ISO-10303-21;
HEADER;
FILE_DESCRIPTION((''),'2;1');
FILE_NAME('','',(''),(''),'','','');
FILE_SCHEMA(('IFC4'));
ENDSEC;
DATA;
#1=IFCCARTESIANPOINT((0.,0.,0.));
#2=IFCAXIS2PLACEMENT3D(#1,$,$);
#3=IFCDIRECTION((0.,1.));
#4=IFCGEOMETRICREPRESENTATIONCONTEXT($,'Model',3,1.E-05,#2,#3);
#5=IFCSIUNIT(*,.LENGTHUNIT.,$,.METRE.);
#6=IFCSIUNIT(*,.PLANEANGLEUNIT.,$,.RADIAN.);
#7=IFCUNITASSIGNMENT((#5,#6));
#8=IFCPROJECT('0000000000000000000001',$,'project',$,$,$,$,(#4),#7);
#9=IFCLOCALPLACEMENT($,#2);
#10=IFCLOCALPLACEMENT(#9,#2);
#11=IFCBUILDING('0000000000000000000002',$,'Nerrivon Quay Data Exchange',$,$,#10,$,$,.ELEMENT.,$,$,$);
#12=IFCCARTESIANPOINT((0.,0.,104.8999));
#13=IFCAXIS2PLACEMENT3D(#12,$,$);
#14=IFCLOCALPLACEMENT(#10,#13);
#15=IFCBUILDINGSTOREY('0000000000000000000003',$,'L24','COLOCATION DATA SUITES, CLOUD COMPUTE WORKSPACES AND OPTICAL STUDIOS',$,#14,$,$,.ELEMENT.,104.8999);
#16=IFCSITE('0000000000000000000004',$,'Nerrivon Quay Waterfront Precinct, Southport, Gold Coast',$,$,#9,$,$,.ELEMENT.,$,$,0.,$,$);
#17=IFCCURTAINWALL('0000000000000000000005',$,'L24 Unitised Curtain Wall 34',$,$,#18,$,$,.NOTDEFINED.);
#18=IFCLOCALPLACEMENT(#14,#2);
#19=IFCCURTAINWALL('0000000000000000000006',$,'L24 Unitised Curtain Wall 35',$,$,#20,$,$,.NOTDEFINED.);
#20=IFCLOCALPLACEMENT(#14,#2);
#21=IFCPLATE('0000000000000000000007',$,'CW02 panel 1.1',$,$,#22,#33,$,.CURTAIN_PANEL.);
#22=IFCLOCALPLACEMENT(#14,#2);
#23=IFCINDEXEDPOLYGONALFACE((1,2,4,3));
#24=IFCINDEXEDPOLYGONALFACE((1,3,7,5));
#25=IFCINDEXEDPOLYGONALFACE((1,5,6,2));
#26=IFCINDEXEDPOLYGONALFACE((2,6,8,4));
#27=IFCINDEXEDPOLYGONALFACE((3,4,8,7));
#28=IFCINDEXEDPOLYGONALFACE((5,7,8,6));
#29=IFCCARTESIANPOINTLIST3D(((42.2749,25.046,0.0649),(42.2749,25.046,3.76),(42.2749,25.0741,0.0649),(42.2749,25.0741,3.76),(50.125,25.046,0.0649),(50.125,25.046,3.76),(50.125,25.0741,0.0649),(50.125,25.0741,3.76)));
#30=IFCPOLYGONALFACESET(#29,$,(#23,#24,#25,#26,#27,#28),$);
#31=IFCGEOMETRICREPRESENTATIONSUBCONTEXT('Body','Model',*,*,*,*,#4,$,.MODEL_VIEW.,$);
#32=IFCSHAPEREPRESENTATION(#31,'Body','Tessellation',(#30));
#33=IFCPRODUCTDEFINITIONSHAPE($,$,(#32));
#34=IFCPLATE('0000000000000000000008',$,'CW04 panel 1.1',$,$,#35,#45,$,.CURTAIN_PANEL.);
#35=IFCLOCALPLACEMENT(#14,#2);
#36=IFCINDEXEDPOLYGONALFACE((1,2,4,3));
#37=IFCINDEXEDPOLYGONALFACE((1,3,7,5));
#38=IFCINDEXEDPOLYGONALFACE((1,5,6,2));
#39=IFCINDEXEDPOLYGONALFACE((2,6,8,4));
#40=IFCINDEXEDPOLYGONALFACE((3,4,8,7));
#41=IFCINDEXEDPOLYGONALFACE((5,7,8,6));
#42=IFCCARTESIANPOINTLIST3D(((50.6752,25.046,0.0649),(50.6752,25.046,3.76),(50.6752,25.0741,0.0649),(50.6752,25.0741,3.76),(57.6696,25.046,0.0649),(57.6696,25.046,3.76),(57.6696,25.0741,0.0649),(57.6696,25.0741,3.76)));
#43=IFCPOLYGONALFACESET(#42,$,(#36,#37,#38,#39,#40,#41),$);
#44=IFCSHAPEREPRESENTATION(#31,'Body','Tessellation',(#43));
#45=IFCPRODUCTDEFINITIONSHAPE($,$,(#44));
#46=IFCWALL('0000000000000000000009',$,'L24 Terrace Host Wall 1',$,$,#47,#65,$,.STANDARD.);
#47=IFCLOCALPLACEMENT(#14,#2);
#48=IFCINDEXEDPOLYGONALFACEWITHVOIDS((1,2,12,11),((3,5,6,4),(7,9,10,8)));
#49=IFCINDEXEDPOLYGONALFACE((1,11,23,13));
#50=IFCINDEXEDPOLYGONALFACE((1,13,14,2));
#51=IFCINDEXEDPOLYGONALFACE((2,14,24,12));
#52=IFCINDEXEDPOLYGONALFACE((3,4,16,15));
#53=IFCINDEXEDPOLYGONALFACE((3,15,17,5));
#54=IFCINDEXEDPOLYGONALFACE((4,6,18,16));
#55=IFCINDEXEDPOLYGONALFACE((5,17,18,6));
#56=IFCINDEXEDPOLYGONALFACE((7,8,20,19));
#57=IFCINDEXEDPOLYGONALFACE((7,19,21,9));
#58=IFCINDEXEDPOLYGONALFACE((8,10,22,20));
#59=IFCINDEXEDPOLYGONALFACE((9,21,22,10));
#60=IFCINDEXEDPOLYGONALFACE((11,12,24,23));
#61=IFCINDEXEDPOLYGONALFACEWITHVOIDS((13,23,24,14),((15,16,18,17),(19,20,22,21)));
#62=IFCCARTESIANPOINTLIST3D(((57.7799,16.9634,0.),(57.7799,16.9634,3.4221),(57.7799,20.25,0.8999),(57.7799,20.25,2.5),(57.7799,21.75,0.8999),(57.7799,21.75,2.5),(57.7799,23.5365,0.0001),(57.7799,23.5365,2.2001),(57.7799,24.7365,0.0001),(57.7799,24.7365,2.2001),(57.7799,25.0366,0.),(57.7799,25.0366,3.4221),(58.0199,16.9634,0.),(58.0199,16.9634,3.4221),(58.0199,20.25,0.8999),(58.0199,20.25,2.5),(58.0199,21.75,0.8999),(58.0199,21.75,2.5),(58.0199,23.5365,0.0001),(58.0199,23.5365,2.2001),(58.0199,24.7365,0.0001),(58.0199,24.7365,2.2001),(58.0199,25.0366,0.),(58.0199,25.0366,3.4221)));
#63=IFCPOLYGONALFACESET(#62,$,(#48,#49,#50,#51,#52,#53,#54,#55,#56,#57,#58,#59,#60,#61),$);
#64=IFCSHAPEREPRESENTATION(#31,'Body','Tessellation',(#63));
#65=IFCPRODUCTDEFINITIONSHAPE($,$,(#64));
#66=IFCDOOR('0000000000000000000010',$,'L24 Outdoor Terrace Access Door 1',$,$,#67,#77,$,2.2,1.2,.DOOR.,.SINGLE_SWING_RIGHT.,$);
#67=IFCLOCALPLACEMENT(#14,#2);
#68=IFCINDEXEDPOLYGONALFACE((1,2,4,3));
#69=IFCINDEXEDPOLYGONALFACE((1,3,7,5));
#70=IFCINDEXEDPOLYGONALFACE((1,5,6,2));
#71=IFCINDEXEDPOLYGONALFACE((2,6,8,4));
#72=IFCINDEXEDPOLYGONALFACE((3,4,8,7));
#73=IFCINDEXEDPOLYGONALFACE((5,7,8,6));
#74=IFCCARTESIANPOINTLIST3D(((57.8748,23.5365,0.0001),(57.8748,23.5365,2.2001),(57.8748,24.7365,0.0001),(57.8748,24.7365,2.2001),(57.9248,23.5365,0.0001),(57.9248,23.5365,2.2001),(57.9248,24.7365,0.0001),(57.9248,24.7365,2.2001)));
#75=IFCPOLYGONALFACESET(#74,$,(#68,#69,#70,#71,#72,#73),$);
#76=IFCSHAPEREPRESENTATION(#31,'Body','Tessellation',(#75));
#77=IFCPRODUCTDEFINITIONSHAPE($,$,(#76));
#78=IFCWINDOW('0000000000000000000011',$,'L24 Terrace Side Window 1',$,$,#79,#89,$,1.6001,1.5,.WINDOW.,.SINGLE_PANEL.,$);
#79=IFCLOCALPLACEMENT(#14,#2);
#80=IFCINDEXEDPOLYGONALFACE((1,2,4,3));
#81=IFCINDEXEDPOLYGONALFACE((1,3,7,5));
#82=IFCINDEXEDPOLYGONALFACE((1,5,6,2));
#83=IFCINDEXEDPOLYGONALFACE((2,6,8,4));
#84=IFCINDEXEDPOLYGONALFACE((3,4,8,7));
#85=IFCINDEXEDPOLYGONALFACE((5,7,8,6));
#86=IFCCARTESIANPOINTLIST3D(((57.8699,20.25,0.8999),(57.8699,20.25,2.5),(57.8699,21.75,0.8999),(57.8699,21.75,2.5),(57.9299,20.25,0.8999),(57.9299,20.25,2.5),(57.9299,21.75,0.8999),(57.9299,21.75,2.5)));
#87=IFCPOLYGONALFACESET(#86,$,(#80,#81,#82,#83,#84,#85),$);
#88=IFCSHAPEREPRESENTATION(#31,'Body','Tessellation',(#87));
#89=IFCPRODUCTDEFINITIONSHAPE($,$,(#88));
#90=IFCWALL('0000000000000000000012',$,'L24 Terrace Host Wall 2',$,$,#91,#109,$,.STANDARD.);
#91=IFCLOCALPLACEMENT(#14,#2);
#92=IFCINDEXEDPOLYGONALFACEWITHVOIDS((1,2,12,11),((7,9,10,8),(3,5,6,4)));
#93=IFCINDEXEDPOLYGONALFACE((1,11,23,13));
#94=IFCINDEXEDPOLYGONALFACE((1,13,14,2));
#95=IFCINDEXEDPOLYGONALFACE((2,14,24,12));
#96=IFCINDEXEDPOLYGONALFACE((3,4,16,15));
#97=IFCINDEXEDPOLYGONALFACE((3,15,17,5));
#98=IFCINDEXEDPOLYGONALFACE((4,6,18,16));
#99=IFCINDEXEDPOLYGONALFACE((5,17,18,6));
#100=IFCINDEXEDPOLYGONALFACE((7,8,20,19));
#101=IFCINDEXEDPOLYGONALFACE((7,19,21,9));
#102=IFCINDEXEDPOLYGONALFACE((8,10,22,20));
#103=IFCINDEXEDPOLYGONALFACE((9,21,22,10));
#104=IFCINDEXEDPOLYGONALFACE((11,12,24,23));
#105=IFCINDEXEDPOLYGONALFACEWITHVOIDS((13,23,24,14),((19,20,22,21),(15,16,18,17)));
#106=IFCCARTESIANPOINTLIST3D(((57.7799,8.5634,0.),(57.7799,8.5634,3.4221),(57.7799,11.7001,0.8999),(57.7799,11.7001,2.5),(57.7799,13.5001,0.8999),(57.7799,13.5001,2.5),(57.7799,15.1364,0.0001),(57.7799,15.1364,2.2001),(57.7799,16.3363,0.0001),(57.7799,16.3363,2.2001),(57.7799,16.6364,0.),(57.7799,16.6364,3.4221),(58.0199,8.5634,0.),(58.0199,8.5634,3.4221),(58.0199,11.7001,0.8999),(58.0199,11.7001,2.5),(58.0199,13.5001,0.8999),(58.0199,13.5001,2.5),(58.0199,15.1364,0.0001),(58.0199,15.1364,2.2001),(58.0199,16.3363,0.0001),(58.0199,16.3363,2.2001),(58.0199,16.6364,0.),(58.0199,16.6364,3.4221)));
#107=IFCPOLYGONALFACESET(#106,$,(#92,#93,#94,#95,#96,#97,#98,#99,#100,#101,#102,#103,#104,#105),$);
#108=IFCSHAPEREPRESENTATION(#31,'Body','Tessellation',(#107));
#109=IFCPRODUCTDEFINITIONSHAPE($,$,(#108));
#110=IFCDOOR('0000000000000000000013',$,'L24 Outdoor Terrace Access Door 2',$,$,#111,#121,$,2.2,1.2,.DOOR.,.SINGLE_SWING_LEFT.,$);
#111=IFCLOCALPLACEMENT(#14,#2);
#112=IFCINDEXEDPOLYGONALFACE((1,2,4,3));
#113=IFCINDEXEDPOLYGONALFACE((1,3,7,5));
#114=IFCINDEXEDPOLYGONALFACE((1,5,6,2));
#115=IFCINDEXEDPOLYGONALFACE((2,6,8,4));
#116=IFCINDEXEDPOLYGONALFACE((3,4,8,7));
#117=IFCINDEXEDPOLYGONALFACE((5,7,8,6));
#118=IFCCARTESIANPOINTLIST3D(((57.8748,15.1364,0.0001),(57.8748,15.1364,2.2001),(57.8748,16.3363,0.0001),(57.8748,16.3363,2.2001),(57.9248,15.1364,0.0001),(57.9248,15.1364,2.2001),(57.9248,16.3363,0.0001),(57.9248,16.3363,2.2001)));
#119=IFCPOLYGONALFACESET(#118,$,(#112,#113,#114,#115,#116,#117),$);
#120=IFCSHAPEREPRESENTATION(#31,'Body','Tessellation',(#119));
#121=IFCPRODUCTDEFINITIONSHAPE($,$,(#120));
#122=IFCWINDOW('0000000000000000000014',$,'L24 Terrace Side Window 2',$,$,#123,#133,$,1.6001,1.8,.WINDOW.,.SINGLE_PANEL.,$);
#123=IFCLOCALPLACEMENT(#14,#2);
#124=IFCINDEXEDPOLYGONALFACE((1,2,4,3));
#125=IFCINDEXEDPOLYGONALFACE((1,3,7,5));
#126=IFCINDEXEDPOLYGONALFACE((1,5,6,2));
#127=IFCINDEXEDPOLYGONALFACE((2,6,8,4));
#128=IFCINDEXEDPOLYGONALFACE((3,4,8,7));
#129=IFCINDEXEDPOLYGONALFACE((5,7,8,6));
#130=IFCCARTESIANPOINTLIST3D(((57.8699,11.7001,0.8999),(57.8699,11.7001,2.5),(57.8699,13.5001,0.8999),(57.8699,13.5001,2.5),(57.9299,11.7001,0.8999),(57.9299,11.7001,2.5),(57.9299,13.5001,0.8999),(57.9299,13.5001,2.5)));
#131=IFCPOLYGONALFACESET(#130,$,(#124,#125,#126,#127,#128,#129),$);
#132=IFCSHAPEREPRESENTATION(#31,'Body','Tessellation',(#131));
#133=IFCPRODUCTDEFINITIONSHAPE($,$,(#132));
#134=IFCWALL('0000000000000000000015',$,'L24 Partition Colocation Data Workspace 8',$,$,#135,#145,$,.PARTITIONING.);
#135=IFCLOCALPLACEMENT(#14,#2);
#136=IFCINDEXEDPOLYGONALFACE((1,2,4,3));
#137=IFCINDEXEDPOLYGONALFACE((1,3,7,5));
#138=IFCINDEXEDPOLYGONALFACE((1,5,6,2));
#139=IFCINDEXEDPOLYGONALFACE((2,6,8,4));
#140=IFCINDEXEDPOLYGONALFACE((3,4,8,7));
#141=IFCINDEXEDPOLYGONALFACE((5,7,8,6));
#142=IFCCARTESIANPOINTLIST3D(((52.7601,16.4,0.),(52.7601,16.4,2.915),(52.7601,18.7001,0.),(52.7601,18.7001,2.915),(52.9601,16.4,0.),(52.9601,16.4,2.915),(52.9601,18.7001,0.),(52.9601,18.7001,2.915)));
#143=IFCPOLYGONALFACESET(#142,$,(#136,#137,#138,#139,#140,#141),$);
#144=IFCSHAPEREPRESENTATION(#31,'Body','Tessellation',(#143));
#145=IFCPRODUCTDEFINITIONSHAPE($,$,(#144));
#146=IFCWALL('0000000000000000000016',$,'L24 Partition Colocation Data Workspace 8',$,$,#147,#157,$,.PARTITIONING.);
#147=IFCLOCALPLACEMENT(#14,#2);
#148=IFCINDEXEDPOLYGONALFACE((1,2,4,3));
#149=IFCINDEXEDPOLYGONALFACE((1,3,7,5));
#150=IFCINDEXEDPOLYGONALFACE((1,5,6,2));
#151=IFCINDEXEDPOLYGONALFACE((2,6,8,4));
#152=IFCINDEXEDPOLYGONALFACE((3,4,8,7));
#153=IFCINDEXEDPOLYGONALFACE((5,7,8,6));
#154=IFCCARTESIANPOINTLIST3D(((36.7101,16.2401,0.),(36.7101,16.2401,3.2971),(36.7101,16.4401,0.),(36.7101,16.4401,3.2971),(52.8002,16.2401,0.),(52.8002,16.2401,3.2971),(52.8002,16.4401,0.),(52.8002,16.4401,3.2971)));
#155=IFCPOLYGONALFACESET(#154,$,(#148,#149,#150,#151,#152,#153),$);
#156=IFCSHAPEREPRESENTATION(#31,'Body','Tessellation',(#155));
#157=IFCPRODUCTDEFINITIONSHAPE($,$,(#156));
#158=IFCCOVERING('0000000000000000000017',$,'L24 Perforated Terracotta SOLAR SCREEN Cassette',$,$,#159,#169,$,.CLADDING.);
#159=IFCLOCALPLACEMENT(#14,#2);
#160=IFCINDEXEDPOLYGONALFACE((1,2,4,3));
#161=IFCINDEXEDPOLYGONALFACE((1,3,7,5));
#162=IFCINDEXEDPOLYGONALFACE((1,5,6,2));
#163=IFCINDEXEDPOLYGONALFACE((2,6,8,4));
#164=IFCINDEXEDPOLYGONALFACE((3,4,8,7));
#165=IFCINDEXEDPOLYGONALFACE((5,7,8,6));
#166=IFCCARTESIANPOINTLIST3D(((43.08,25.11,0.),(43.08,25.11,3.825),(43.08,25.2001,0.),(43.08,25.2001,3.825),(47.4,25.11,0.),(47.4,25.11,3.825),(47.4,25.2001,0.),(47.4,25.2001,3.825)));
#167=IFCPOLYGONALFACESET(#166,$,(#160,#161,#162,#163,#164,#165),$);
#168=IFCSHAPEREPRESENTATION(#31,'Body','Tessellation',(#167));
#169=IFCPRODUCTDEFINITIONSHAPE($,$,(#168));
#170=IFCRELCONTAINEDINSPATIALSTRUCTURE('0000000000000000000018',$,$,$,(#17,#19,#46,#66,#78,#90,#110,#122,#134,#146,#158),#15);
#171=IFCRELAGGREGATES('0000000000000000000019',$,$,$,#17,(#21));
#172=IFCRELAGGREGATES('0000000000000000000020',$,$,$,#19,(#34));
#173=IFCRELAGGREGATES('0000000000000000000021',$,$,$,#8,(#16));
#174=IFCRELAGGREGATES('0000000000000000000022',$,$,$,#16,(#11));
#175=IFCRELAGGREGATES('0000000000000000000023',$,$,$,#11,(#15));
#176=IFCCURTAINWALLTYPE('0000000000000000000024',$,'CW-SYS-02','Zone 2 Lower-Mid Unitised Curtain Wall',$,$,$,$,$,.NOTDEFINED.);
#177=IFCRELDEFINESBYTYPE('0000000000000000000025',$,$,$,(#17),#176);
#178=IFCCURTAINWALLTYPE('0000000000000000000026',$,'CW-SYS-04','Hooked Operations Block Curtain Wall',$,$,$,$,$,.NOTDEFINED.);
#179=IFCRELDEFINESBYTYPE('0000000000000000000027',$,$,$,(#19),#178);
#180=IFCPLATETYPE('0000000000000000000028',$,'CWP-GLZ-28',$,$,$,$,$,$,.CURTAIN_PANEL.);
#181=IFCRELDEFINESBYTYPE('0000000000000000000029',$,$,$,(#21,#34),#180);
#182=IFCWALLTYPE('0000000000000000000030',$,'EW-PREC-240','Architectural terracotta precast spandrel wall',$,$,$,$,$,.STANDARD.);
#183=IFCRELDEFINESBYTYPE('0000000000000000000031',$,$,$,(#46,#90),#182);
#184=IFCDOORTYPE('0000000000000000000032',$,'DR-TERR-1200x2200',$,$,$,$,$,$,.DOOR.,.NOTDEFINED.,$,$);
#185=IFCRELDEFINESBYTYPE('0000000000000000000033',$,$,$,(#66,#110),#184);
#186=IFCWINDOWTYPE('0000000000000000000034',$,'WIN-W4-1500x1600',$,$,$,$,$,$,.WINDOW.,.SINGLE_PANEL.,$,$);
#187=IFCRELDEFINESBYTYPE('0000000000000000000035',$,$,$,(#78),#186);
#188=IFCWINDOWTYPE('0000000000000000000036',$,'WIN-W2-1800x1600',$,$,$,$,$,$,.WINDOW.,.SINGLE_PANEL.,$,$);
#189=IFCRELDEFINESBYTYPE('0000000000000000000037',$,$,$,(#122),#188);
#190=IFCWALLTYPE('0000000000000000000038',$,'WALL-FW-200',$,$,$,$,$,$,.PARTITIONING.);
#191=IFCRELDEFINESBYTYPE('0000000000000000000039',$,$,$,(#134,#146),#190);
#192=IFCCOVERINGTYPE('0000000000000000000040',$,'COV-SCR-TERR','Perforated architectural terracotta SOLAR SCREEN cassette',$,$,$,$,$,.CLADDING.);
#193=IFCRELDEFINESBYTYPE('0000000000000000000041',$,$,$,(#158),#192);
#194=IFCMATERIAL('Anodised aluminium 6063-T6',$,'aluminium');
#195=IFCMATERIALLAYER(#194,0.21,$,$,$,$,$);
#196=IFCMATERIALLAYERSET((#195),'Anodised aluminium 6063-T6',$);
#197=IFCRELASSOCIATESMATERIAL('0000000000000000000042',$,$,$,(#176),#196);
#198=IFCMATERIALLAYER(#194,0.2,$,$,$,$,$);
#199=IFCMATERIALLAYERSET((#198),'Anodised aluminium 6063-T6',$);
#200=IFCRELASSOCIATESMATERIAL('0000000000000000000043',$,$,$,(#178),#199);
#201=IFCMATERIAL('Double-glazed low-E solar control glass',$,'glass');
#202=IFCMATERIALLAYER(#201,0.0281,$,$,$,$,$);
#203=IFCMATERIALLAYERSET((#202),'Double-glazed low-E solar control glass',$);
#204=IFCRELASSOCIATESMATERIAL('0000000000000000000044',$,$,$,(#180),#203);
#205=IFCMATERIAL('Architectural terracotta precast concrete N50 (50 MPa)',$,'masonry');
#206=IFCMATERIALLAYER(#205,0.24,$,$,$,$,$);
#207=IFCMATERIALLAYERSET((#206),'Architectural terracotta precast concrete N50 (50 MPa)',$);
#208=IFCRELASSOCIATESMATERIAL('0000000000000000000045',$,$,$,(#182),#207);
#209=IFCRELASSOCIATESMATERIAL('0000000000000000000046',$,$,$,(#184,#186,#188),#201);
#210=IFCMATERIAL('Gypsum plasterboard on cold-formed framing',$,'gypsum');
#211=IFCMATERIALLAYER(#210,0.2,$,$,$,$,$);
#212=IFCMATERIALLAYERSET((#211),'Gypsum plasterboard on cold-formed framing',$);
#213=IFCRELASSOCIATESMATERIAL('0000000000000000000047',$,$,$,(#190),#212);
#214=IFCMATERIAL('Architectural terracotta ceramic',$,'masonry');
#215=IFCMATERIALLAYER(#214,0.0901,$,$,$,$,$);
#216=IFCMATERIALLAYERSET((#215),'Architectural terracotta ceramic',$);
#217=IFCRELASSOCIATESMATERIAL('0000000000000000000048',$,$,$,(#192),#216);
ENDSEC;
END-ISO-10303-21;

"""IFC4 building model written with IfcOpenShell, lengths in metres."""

from ifc_helpers import new_model, si_unit, direction, frame, frame_2d, origin, origin_2d, place, context, subcontext, project, spatial, rectangle, extrude, material, layer, layer_set, type_object, element, fill, aggregate, save


model = new_model("IFC4")

# Units and contexts
model_context = context("Model", 3, precision=1e-05, world=origin(), true_north=direction((0.0, 1.0)))
body_context = subcontext(model_context, "Body", "Model", "MODEL_VIEW")
ifc_project = project(units=[si_unit("LENGTHUNIT", "METRE"), si_unit("PLANEANGLEUNIT", "RADIAN")], contexts=[model_context])

# Site, building, storey
site_placement = place(None, origin())
site = spatial("IfcSite", under=ifc_project, at=site_placement, Name="Nerrivon Quay Waterfront Precinct, Southport, Gold Coast", CompositionType="ELEMENT", RefElevation=0.0)
building_placement = place(site_placement, origin())
building = spatial("IfcBuilding", under=site, at=building_placement, Name="Nerrivon Quay Data Exchange", CompositionType="ELEMENT")
storey_placement = place(building_placement, frame((0.0, 0.0, 104.8999)))
storey = spatial("IfcBuildingStorey", under=building, at=storey_placement, Name="L24", Description="COLOCATION DATA SUITES, CLOUD COMPUTE WORKSPACES AND OPTICAL STUDIOS", CompositionType="ELEMENT", Elevation=104.8999)

# Curtain walls
ifc_material_1 = material(Name="Anodised aluminium 6063-T6", Category="aluminium")
ifc_layer_1 = layer(ifc_material_1, 0.21)
ifc_layer_set_1 = layer_set([ifc_layer_1], Name="Anodised aluminium 6063-T6")
curtain_wall_type_1 = type_object("IfcCurtainWallType", Name="CW-SYS-02", Description="Zone 2 Lower-Mid Unitised Curtain Wall", PredefinedType="NOTDEFINED", material=ifc_layer_set_1)
curtain_wall_1_placement = place(storey_placement, origin())
curtain_wall_1 = element("IfcCurtainWall", 1, at=curtain_wall_1_placement, inside=storey, type_object=curtain_wall_type_1, Name="L24 Unitised Curtain Wall 34", PredefinedType="NOTDEFINED")
ifc_layer_2 = layer(ifc_material_1, 0.2)
ifc_layer_set_2 = layer_set([ifc_layer_2], Name="Anodised aluminium 6063-T6")
curtain_wall_type_2 = type_object("IfcCurtainWallType", Name="CW-SYS-04", Description="Hooked Operations Block Curtain Wall", PredefinedType="NOTDEFINED", material=ifc_layer_set_2)
curtain_wall_2_placement = place(storey_placement, origin())
curtain_wall_2 = element("IfcCurtainWall", 2, at=curtain_wall_2_placement, inside=storey, type_object=curtain_wall_type_2, Name="L24 Unitised Curtain Wall 35", PredefinedType="NOTDEFINED")

# Plates
ifc_material_2 = material(Name="Double-glazed low-E solar control glass", Category="glass")
ifc_layer_3 = layer(ifc_material_2, 0.0281)
ifc_layer_set_3 = layer_set([ifc_layer_3], Name="Double-glazed low-E solar control glass")
plate_type = type_object("IfcPlateType", Name="CWP-GLZ-28", PredefinedType="CURTAIN_PANEL", material=ifc_layer_set_3)
plate_1_placement = place(storey_placement, frame((46.2, 25.0601, 0.0649), z_axis=(0.0, 0.0, 1.0), x_axis=(1.0, 0.0, 0.0)))
plate_1 = element("IfcPlate", 3, at=plate_1_placement, type_object=plate_type, Name="CW02 panel 1.1", PredefinedType="CURTAIN_PANEL", context=body_context, shape_type="SweptSolid", body=[
    extrude(rectangle(XDim=7.8501, YDim=0.0281, at=origin_2d()), origin(), (0.0, 0.0, 1.0), 3.6951),
])
aggregate(curtain_wall_1, [plate_1])
plate_2_placement = place(storey_placement, frame((54.1724, 25.0601, 0.0649), z_axis=(0.0, 0.0, 1.0), x_axis=(1.0, 0.0, 0.0)))
plate_2 = element("IfcPlate", 4, at=plate_2_placement, type_object=plate_type, Name="CW04 panel 1.1", PredefinedType="CURTAIN_PANEL", context=body_context, shape_type="SweptSolid", body=[
    extrude(rectangle(XDim=6.9944, YDim=0.0281, at=origin_2d()), origin(), (0.0, 0.0, 1.0), 3.6951),
])
aggregate(curtain_wall_2, [plate_2])

# Walls, openings, doors, windows
ifc_material_3 = material(Name="Architectural terracotta precast concrete N50 (50 MPa)", Category="masonry")
ifc_layer_4 = layer(ifc_material_3, 0.24)
ifc_layer_set_4 = layer_set([ifc_layer_4], Name="Architectural terracotta precast concrete N50 (50 MPa)")
wall_type_1 = type_object("IfcWallType", Name="EW-PREC-240", Description="Architectural terracotta precast spandrel wall", PredefinedType="STANDARD", material=ifc_layer_set_4)
wall_1_placement = place(storey_placement, frame((57.8999, 25.0366, 0.0), z_axis=(0.0, 0.0, 1.0), x_axis=(0.0, -1.0, 0.0)))
wall_1 = element("IfcWall", 5, at=wall_1_placement, inside=storey, type_object=wall_type_1, Name="L24 Terrace Host Wall 1", PredefinedType="STANDARD", context=body_context, shape_type="SweptSolid", body=[
    extrude(rectangle(XDim=8.0732, YDim=0.24, at=frame_2d((4.0366, 0.0))), origin(), (0.0, 0.0, 1.0), 3.4221),
])
opening_1_placement = place(wall_1_placement, frame((0.3, 0.0, 0.0)))
opening_1 = element("IfcOpeningElement", 6, at=opening_1_placement, cuts=wall_1, PredefinedType="OPENING", context=body_context, shape_type="SweptSolid", body=[
    extrude(rectangle(XDim=1.2, YDim=2.2, at=frame_2d((0.6001, 1.1001))), frame((0.0, 0.1299, 0.0), z_axis=(0.0, -1.0, 0.0), x_axis=(1.0, 0.0, 0.0)), (0.0, 0.0, 1.0), 0.26),
])
opening_2_placement = place(wall_1_placement, frame((3.2866, 0.0, 0.8999)))
opening_2 = element("IfcOpeningElement", 7, at=opening_2_placement, cuts=wall_1, PredefinedType="OPENING", context=body_context, shape_type="SweptSolid", body=[
    extrude(rectangle(XDim=1.5, YDim=1.6001, at=frame_2d((0.75, 0.8))), frame((0.0, 0.1299, 0.0), z_axis=(0.0, -1.0, 0.0), x_axis=(1.0, 0.0, 0.0)), (0.0, 0.0, 1.0), 0.26),
])
door_type = type_object("IfcDoorType", Name="DR-TERR-1200x2200", OperationType="NOTDEFINED", PredefinedType="DOOR", material=ifc_material_2)
door_1_placement = place(opening_1_placement, origin())
door_1 = element("IfcDoor", 8, at=door_1_placement, inside=storey, type_object=door_type, Name="L24 Outdoor Terrace Access Door 1", OperationType="SINGLE_SWING_RIGHT", OverallHeight=2.2, OverallWidth=1.2, PredefinedType="DOOR", context=body_context, shape_type="SweptSolid", body=[
    extrude(rectangle(XDim=1.2, YDim=2.2, at=frame_2d((0.6001, 1.1001))), frame((0.0, 0.0249, 0.0), z_axis=(0.0, -1.0, 0.0), x_axis=(1.0, 0.0, 0.0)), (0.0, 0.0, 1.0), 0.05),
])
fill(opening_1, door_1)
window_type_1 = type_object("IfcWindowType", Name="WIN-W4-1500x1600", PartitioningType="SINGLE_PANEL", PredefinedType="WINDOW", material=ifc_material_2)
window_1_placement = place(opening_2_placement, origin())
window_1 = element("IfcWindow", 9, at=window_1_placement, inside=storey, type_object=window_type_1, Name="L24 Terrace Side Window 1", OverallHeight=1.6001, OverallWidth=1.5, PartitioningType="SINGLE_PANEL", PredefinedType="WINDOW", context=body_context, shape_type="SweptSolid", body=[
    extrude(rectangle(XDim=1.5, YDim=1.6001, at=frame_2d((0.75, 0.8))), frame((0.0, 0.03, 0.0), z_axis=(0.0, -1.0, 0.0), x_axis=(1.0, 0.0, 0.0)), (0.0, 0.0, 1.0), 0.0601),
])
fill(opening_2, window_1)
wall_2_placement = place(storey_placement, frame((57.8999, 16.6365, 0.0), z_axis=(0.0, 0.0, 1.0), x_axis=(0.0, -1.0, 0.0)))
wall_2 = element("IfcWall", 10, at=wall_2_placement, inside=storey, type_object=wall_type_1, Name="L24 Terrace Host Wall 2", PredefinedType="STANDARD", context=body_context, shape_type="SweptSolid", body=[
    extrude(rectangle(XDim=8.073, YDim=0.24, at=frame_2d((4.0366, 0.0))), origin(), (0.0, 0.0, 1.0), 3.4221),
])
opening_3_placement = place(wall_2_placement, frame((0.3, 0.0, 0.0)))
opening_3 = element("IfcOpeningElement", 11, at=opening_3_placement, cuts=wall_2, PredefinedType="OPENING", context=body_context, shape_type="SweptSolid", body=[
    extrude(rectangle(XDim=1.2, YDim=2.2, at=frame_2d((0.6001, 1.1001))), frame((0.0, 0.1299, 0.0), z_axis=(0.0, -1.0, 0.0), x_axis=(1.0, 0.0, 0.0)), (0.0, 0.0, 1.0), 0.26),
])
opening_4_placement = place(wall_2_placement, frame((3.1365, 0.0, 0.8999)))
opening_4 = element("IfcOpeningElement", 12, at=opening_4_placement, cuts=wall_2, PredefinedType="OPENING", context=body_context, shape_type="SweptSolid", body=[
    extrude(rectangle(XDim=1.8, YDim=1.6001, at=frame_2d((0.8999, 0.8))), frame((0.0, 0.1299, 0.0), z_axis=(0.0, -1.0, 0.0), x_axis=(1.0, 0.0, 0.0)), (0.0, 0.0, 1.0), 0.26),
])
door_2_placement = place(opening_3_placement, origin())
door_2 = element("IfcDoor", 13, at=door_2_placement, inside=storey, type_object=door_type, Name="L24 Outdoor Terrace Access Door 2", OperationType="SINGLE_SWING_LEFT", OverallHeight=2.2, OverallWidth=1.2, PredefinedType="DOOR", context=body_context, shape_type="SweptSolid", body=[
    extrude(rectangle(XDim=1.2, YDim=2.2, at=frame_2d((0.6001, 1.1001))), frame((0.0, 0.0249, 0.0), z_axis=(0.0, -1.0, 0.0), x_axis=(1.0, 0.0, 0.0)), (0.0, 0.0, 1.0), 0.05),
])
fill(opening_3, door_2)
window_type_2 = type_object("IfcWindowType", Name="WIN-W2-1800x1600", PartitioningType="SINGLE_PANEL", PredefinedType="WINDOW", material=ifc_material_2)
window_2_placement = place(opening_4_placement, origin())
window_2 = element("IfcWindow", 14, at=window_2_placement, inside=storey, type_object=window_type_2, Name="L24 Terrace Side Window 2", OverallHeight=1.6001, OverallWidth=1.8, PartitioningType="SINGLE_PANEL", PredefinedType="WINDOW", context=body_context, shape_type="SweptSolid", body=[
    extrude(rectangle(XDim=1.8, YDim=1.6001, at=frame_2d((0.8999, 0.8))), frame((0.0, 0.03, 0.0), z_axis=(0.0, -1.0, 0.0), x_axis=(1.0, 0.0, 0.0)), (0.0, 0.0, 1.0), 0.0601),
])
fill(opening_4, window_2)

# Walls
ifc_material_4 = material(Name="Gypsum plasterboard on cold-formed framing", Category="gypsum")
ifc_layer_5 = layer(ifc_material_4, 0.2)
ifc_layer_set_5 = layer_set([ifc_layer_5], Name="Gypsum plasterboard on cold-formed framing")
wall_type_2 = type_object("IfcWallType", Name="WALL-FW-200", PredefinedType="PARTITIONING", material=ifc_layer_set_5)
wall_3_placement = place(storey_placement, frame((52.8601, 18.7, 0.0), z_axis=(0.0, 0.0, 1.0), x_axis=(0.0, -1.0, 0.0)))
element("IfcWall", 15, at=wall_3_placement, inside=storey, type_object=wall_type_2, Name="L24 Partition Colocation Data Workspace 8", PredefinedType="PARTITIONING", context=body_context, shape_type="SweptSolid", body=[
    extrude(rectangle(XDim=2.3, YDim=0.2, at=frame_2d((1.1499, 0.0))), origin(), (0.0, 0.0, 1.0), 2.915),
])
wall_4_placement = place(storey_placement, frame((52.8, 16.3401, 0.0), z_axis=(0.0, 0.0, 1.0), x_axis=(-1.0, 0.0, 0.0)))
element("IfcWall", 16, at=wall_4_placement, inside=storey, type_object=wall_type_2, Name="L24 Partition Colocation Data Workspace 8", PredefinedType="PARTITIONING", context=body_context, shape_type="SweptSolid", body=[
    extrude(rectangle(XDim=16.0901, YDim=0.2, at=frame_2d((8.0449, 0.0))), origin(), (0.0, 0.0, 1.0), 3.2971),
])

# Covering
ifc_material_5 = material(Name="Architectural terracotta ceramic", Category="masonry")
ifc_layer_6 = layer(ifc_material_5, 0.0901)
ifc_layer_set_6 = layer_set([ifc_layer_6], Name="Architectural terracotta ceramic")
covering_type = type_object("IfcCoveringType", Name="COV-SCR-TERR", Description="Perforated architectural terracotta SOLAR SCREEN cassette", PredefinedType="CLADDING", material=ifc_layer_set_6)
covering_1_placement = place(storey_placement, frame((45.24, 25.155, 0.0), z_axis=(0.0, 0.0, 1.0), x_axis=(1.0, 0.0, 0.0)))
element("IfcCovering", 17, at=covering_1_placement, inside=storey, type_object=covering_type, Name="L24 Perforated Terracotta SOLAR SCREEN Cassette", PredefinedType="CLADDING", context=body_context, shape_type="SweptSolid", body=[
    extrude(rectangle(XDim=4.3201, YDim=0.0901, at=origin_2d()), origin(), (0.0, 0.0, 1.0), 3.825),
])

save(model, "model.ifc")
